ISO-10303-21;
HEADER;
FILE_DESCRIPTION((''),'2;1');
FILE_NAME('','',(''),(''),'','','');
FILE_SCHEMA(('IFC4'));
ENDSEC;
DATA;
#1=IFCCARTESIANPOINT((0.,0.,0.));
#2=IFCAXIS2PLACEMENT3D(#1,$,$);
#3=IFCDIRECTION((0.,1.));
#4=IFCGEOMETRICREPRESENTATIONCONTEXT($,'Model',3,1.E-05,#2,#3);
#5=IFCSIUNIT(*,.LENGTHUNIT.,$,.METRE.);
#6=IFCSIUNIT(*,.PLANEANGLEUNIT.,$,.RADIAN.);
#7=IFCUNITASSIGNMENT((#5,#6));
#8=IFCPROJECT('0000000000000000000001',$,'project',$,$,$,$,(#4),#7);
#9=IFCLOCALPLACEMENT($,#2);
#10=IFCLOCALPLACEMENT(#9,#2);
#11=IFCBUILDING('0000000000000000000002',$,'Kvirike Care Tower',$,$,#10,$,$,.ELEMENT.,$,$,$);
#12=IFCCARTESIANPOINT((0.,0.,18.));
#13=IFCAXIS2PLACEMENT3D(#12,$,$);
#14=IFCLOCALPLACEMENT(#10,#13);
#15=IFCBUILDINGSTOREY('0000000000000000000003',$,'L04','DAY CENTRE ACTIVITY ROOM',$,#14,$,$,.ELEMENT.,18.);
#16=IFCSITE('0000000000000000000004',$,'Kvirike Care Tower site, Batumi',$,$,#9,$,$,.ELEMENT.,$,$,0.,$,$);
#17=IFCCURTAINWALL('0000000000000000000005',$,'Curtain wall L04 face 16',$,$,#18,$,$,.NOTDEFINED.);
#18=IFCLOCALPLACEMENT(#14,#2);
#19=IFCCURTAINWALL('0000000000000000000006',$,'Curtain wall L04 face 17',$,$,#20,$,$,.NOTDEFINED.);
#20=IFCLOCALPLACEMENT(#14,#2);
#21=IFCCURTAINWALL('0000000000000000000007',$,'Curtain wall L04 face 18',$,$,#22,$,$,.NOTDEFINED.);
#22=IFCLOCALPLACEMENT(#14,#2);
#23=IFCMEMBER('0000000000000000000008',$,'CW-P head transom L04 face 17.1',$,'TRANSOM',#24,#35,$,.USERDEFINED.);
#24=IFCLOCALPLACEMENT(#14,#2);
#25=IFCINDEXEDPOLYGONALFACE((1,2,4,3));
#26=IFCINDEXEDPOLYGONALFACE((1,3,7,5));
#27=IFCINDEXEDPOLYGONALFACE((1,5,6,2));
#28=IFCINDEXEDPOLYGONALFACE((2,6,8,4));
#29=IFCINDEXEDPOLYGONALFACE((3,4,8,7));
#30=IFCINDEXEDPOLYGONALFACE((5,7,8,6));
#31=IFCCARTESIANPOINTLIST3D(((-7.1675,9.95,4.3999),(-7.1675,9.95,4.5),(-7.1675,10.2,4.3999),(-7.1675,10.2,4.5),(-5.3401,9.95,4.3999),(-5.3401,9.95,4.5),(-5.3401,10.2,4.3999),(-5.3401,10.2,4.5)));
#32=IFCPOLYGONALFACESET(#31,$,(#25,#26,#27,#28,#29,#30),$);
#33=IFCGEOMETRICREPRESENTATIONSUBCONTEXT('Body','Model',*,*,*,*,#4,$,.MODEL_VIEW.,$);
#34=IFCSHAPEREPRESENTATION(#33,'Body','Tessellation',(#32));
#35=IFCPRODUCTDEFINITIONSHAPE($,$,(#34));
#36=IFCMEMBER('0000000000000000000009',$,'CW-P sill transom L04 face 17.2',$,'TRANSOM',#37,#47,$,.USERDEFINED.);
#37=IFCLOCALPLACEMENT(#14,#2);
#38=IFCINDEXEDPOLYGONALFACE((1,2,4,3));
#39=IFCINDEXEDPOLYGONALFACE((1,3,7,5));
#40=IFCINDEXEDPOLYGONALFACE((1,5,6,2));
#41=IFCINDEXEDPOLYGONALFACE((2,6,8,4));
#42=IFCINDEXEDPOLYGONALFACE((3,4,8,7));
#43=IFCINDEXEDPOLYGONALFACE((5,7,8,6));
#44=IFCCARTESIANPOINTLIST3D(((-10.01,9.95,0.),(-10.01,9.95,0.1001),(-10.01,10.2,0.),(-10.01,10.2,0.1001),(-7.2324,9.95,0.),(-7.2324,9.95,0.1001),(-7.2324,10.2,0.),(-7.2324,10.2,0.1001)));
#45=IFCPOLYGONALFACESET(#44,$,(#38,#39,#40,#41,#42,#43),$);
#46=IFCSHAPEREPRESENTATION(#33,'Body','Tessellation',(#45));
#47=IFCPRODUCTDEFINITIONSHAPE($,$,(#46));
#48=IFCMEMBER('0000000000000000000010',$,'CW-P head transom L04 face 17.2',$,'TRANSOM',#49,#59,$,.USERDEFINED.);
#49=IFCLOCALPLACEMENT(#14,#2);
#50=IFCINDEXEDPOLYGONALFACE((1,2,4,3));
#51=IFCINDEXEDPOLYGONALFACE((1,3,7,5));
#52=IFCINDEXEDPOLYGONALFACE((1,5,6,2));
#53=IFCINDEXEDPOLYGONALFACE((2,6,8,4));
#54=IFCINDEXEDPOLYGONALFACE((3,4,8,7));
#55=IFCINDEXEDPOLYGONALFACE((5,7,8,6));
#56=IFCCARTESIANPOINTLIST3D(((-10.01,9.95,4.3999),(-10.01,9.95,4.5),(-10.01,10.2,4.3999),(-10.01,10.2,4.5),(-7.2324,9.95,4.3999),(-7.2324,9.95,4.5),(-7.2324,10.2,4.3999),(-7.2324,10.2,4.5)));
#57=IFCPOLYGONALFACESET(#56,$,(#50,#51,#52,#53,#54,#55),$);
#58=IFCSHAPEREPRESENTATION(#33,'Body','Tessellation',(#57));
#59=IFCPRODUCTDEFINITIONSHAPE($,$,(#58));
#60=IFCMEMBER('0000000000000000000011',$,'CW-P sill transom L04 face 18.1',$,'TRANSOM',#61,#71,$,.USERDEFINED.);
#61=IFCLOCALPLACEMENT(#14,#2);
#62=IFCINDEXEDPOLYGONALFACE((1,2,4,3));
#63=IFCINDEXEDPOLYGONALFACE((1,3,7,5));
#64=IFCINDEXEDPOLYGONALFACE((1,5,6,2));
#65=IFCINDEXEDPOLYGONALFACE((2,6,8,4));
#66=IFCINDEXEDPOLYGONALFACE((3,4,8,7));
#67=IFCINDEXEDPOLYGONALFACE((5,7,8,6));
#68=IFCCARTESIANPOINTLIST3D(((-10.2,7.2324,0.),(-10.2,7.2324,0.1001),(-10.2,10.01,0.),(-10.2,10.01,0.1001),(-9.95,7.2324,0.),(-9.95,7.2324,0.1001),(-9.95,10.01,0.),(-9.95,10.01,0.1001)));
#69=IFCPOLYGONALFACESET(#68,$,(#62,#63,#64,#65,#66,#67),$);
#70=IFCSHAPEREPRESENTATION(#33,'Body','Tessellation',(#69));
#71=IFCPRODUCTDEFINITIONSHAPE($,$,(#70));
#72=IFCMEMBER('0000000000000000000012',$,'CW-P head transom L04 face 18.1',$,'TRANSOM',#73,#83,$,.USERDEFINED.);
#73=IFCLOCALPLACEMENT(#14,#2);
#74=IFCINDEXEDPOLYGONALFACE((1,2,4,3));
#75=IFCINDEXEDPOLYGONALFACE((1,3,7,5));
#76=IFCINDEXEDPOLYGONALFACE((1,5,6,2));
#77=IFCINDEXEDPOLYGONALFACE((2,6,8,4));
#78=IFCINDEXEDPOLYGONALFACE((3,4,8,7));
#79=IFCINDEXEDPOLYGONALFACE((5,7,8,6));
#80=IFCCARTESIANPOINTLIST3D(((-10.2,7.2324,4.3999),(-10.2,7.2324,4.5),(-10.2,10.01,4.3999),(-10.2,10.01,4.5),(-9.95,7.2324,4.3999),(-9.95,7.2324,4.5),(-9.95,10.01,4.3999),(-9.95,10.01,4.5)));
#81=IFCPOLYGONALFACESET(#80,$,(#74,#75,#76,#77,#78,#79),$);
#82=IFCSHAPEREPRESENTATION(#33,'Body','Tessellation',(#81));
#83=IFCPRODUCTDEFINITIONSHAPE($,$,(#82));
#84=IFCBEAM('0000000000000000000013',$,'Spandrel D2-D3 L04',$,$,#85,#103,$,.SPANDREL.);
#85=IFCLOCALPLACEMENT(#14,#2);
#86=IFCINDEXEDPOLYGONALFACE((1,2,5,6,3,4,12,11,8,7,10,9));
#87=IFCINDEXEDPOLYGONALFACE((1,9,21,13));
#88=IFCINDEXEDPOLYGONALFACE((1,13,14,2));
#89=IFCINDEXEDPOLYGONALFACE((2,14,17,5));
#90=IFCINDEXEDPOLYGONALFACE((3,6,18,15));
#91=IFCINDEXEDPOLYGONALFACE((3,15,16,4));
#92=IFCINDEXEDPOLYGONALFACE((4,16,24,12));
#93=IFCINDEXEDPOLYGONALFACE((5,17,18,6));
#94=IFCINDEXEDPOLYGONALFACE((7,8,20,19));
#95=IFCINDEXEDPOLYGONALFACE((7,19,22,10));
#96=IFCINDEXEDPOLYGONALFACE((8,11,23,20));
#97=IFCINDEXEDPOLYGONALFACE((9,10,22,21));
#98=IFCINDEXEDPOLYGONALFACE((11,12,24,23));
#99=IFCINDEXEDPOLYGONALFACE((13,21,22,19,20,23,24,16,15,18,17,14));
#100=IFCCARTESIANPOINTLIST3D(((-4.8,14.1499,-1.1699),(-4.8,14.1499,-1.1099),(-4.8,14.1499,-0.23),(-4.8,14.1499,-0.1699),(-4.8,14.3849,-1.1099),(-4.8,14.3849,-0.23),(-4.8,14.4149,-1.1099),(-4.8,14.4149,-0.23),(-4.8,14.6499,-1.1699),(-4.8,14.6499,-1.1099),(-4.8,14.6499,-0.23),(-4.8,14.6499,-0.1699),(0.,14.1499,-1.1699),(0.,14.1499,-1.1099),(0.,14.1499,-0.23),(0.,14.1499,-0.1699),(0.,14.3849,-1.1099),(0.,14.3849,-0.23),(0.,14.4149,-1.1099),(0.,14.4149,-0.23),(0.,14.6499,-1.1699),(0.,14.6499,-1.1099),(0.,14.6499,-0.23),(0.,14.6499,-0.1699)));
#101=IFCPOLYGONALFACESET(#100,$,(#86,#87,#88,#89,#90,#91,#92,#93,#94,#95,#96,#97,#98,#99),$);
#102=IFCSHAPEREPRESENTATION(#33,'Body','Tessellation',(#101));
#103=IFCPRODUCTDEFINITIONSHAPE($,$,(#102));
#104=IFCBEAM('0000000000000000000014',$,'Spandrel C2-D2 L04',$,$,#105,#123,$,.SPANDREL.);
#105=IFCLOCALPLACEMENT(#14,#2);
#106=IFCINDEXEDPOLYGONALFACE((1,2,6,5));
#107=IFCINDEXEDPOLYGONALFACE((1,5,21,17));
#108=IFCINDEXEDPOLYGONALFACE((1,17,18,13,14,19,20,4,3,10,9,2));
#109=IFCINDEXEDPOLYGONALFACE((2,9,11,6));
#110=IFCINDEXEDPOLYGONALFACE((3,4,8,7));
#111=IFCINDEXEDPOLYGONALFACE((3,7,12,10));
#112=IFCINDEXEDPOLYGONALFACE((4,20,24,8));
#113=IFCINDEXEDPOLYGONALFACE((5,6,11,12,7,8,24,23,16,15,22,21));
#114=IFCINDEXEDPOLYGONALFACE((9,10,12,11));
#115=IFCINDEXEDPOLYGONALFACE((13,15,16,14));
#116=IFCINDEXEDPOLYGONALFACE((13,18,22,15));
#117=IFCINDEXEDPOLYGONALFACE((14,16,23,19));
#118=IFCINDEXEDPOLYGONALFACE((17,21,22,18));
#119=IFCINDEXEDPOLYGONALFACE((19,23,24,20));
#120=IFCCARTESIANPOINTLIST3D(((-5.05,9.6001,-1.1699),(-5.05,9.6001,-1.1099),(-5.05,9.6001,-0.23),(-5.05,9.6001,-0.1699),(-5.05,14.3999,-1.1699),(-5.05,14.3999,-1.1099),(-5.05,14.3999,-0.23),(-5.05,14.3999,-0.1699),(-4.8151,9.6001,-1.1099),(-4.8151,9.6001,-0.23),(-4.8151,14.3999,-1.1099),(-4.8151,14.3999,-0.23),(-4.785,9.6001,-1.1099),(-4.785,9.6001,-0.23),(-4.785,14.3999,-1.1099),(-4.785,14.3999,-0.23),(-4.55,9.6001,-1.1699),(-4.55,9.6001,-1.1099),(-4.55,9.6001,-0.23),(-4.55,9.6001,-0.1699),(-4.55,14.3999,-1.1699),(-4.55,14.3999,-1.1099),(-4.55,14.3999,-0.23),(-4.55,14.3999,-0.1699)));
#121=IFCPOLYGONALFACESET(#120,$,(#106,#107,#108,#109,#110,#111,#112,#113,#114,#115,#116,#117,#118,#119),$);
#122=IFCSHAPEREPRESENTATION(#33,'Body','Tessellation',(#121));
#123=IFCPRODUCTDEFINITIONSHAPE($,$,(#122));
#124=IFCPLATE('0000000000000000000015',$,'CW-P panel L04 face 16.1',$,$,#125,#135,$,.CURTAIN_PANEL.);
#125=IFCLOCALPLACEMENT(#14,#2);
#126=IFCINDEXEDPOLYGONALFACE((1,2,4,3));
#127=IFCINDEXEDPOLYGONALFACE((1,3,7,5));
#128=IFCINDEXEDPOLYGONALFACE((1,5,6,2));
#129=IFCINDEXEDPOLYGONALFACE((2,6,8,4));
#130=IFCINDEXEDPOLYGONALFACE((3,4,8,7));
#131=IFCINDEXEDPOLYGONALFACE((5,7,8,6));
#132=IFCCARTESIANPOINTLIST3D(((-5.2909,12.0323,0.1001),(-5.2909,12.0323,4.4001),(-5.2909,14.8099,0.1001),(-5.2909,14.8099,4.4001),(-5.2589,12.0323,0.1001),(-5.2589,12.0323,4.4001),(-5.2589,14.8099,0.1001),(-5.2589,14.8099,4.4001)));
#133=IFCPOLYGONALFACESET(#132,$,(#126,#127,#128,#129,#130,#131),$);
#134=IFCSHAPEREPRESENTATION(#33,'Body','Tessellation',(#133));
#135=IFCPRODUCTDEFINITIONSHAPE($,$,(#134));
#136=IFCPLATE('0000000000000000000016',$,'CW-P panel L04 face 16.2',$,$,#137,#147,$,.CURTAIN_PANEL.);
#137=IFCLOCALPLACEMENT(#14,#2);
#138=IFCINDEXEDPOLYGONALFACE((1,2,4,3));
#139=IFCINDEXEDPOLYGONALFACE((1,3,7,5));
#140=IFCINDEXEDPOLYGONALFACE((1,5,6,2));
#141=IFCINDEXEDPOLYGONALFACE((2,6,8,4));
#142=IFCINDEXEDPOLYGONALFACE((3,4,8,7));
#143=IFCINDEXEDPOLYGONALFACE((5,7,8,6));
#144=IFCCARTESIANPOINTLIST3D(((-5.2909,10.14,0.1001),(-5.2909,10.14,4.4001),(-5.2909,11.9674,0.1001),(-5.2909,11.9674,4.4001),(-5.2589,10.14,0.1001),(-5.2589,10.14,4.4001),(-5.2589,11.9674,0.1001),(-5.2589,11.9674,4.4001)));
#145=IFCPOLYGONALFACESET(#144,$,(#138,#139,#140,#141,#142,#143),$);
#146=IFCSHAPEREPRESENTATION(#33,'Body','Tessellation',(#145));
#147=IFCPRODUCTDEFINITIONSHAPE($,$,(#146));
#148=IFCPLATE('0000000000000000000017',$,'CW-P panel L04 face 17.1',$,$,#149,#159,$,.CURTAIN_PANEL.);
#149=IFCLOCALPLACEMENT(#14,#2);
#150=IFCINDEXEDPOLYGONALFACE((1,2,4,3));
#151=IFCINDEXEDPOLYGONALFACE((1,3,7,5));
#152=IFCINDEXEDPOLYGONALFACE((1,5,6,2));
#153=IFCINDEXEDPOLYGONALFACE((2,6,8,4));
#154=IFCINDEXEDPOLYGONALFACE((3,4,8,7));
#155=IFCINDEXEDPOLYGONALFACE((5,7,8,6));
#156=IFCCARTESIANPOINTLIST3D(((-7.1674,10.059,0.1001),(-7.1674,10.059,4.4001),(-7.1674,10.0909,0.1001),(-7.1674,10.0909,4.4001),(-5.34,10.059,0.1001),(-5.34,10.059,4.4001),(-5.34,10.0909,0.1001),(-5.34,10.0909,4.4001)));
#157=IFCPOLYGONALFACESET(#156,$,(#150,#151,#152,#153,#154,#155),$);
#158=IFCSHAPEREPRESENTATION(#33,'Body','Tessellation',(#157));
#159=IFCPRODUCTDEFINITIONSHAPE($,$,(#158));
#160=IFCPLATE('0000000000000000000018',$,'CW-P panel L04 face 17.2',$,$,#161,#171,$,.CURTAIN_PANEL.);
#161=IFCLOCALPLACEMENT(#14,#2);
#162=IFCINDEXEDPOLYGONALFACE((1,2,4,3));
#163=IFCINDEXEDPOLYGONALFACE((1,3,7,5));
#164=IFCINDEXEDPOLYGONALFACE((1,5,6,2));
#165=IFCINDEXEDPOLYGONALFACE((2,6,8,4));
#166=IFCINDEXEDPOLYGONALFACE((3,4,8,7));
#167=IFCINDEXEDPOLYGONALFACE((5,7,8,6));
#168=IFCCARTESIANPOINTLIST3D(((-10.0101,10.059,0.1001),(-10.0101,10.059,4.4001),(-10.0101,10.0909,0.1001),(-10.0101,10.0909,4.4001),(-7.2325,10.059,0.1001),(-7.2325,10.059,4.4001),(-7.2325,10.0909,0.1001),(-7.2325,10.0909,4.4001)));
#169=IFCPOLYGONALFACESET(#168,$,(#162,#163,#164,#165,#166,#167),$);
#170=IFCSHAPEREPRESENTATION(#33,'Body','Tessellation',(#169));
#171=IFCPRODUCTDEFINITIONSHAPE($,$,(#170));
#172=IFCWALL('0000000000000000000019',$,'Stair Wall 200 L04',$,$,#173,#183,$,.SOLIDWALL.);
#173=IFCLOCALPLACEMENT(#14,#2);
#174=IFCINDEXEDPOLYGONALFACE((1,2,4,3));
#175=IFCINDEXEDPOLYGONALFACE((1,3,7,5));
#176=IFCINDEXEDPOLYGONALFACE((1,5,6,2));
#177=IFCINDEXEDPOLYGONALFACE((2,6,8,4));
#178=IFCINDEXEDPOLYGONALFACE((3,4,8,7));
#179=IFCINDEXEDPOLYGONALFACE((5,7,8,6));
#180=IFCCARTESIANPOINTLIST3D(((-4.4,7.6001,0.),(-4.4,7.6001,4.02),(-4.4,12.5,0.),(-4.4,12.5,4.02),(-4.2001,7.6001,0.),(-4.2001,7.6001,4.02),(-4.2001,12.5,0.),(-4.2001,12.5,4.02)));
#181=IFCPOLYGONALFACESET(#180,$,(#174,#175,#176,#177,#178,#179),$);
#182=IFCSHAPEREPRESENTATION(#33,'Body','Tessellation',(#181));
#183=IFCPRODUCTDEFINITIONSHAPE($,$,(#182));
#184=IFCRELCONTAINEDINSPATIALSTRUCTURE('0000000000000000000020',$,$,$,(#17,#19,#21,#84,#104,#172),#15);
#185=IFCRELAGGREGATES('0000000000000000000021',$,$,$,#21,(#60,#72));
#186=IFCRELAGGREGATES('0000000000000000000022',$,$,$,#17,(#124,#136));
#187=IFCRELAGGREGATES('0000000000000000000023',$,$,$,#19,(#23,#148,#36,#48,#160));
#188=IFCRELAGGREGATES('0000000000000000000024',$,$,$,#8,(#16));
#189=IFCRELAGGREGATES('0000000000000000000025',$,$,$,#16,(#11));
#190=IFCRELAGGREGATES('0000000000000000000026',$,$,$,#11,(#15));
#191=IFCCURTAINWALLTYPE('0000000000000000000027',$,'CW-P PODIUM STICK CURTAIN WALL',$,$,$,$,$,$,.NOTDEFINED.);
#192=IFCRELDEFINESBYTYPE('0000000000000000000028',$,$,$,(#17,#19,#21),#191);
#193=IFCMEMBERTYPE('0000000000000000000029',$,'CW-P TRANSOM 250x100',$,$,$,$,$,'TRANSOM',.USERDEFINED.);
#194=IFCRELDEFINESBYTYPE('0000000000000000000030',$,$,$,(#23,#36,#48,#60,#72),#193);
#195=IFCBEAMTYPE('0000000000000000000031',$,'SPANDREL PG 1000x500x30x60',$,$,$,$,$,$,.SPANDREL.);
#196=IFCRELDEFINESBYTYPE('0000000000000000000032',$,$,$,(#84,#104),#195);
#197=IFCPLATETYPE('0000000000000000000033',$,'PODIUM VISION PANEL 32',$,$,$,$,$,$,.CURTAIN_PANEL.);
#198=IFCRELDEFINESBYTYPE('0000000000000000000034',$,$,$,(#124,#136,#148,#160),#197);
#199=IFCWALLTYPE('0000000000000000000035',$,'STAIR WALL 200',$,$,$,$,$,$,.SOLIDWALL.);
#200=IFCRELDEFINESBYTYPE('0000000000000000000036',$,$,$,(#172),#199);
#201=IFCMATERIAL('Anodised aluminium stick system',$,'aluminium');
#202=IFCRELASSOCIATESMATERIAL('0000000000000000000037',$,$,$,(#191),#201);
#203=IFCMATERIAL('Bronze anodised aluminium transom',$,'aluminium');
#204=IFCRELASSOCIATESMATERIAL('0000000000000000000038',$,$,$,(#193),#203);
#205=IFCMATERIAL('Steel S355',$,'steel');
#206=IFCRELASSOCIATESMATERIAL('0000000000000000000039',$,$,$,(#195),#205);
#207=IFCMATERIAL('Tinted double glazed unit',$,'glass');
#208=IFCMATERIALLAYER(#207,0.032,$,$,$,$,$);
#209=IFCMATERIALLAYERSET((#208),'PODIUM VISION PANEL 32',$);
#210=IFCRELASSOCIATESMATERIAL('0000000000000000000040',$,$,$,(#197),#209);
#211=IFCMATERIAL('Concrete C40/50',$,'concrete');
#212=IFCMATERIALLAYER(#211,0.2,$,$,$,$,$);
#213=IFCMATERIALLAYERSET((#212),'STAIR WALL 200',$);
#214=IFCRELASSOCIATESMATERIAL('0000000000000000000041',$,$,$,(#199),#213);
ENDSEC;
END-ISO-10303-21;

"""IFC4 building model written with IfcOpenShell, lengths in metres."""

from ifc_helpers import new_model, si_unit, direction, frame, frame_2d, origin, origin_2d, place, context, subcontext, project, spatial, rectangle, i_section, extrude, material, layer, layer_set, material_profile, profile_set, type_object, element, aggregate, save


model = new_model("IFC4")

# Units and contexts
model_context = context("Model", 3, precision=1e-05, world=origin(), true_north=direction((0.0, 1.0)))
body_context = subcontext(model_context, "Body", "Model", "MODEL_VIEW")
ifc_project = project(units=[si_unit("LENGTHUNIT", "METRE"), si_unit("PLANEANGLEUNIT", "RADIAN")], contexts=[model_context])

# Site, building, storey
site_placement = place(None, origin())
site = spatial("IfcSite", under=ifc_project, at=site_placement, Name="Kvirike Care Tower site, Batumi", CompositionType="ELEMENT", RefElevation=0.0)
building_placement = place(site_placement, origin())
building = spatial("IfcBuilding", under=site, at=building_placement, Name="Kvirike Care Tower", CompositionType="ELEMENT")
storey_placement = place(building_placement, frame((0.0, 0.0, 18.0)))
storey = spatial("IfcBuildingStorey", under=building, at=storey_placement, Name="L04", Description="DAY CENTRE ACTIVITY ROOM", CompositionType="ELEMENT", Elevation=18.0)

# Shared definitions
ifc_material_1 = material(Name="Anodised aluminium stick system", Category="aluminium")
curtain_wall_type = type_object("IfcCurtainWallType", Name="CW-P PODIUM STICK CURTAIN WALL", PredefinedType="NOTDEFINED", material=ifc_material_1)

# Curtain walls
curtain_wall_1_placement = place(storey_placement, origin())
curtain_wall_1 = element("IfcCurtainWall", 1, at=curtain_wall_1_placement, inside=storey, type_object=curtain_wall_type, Name="Curtain wall L04 face 16", PredefinedType="NOTDEFINED")
curtain_wall_2_placement = place(storey_placement, origin())
curtain_wall_2 = element("IfcCurtainWall", 2, at=curtain_wall_2_placement, inside=storey, type_object=curtain_wall_type, Name="Curtain wall L04 face 17", PredefinedType="NOTDEFINED")

# Curtain wall
curtain_wall_3_placement = place(storey_placement, origin())
curtain_wall_3 = element("IfcCurtainWall", 3, at=curtain_wall_3_placement, inside=storey, type_object=curtain_wall_type, Name="Curtain wall L04 face 18", PredefinedType="NOTDEFINED")

# Members
ifc_material_2 = material(Name="Bronze anodised aluminium transom", Category="aluminium")
ifc_material_profile_1 = material_profile(ifc_material_2, rectangle(XDim=0.25, YDim=0.1001, at=origin_2d()), Name="CW-P TRANSOM 250x100")
ifc_profile_set_1 = profile_set([ifc_material_profile_1], Name="Bronze anodised aluminium transom")
member_type_1 = type_object("IfcMemberType", Name="CW-P TRANSOM 250x100", ElementType="TRANSOM", PredefinedType="USERDEFINED", material=ifc_profile_set_1)
member_1_placement = place(storey_placement, frame((-5.3401, 10.075, 4.45), z_axis=(-1.0, 0.0, 0.0), x_axis=(0.0, -1.0, 0.0)))
member_1 = element("IfcMember", 4, at=member_1_placement, type_object=member_type_1, Name="CW-P head transom L04 face 17.1", ObjectType="TRANSOM", PredefinedType="USERDEFINED", context=body_context, shape_type="SweptSolid", body=[
    extrude(rectangle(XDim=0.25, YDim=0.1001, at=origin_2d()), origin(), (0.0, 0.0, 1.0), 1.8274),
])
member_2_placement = place(storey_placement, frame((-7.2324, 10.075, 0.05), z_axis=(-1.0, 0.0, 0.0), x_axis=(0.0, -1.0, 0.0)))
member_2 = element("IfcMember", 5, at=member_2_placement, type_object=member_type_1, Name="CW-P sill transom L04 face 17.2", ObjectType="TRANSOM", PredefinedType="USERDEFINED", context=body_context, shape_type="SweptSolid", body=[
    extrude(rectangle(XDim=0.25, YDim=0.1001, at=origin_2d()), origin(), (0.0, 0.0, 1.0), 2.7776),
])
member_3_placement = place(storey_placement, frame((-7.2324, 10.075, 4.45), z_axis=(-1.0, 0.0, 0.0), x_axis=(0.0, -1.0, 0.0)))
member_3 = element("IfcMember", 6, at=member_3_placement, type_object=member_type_1, Name="CW-P head transom L04 face 17.2", ObjectType="TRANSOM", PredefinedType="USERDEFINED", context=body_context, shape_type="SweptSolid", body=[
    extrude(rectangle(XDim=0.25, YDim=0.1001, at=origin_2d()), origin(), (0.0, 0.0, 1.0), 2.7776),
])
member_4_placement = place(storey_placement, frame((-10.075, 10.01, 0.05), z_axis=(0.0, -1.0, 0.0), x_axis=(1.0, 0.0, 0.0)))
member_4 = element("IfcMember", 7, at=member_4_placement, type_object=member_type_1, Name="CW-P sill transom L04 face 18.1", ObjectType="TRANSOM", PredefinedType="USERDEFINED", context=body_context, shape_type="SweptSolid", body=[
    extrude(rectangle(XDim=0.25, YDim=0.1001, at=origin_2d()), origin(), (0.0, 0.0, 1.0), 2.7776),
])
member_5_placement = place(storey_placement, frame((-10.075, 10.01, 4.45), z_axis=(0.0, -1.0, 0.0), x_axis=(1.0, 0.0, 0.0)))
member_5 = element("IfcMember", 8, at=member_5_placement, type_object=member_type_1, Name="CW-P head transom L04 face 18.1", ObjectType="TRANSOM", PredefinedType="USERDEFINED", context=body_context, shape_type="SweptSolid", body=[
    extrude(rectangle(XDim=0.25, YDim=0.1001, at=origin_2d()), origin(), (0.0, 0.0, 1.0), 2.7776),
])
aggregate(curtain_wall_3, [member_4, member_5])

# Beams
ifc_material_3 = material(Name="Steel S355", Category="steel")
ifc_material_profile_2 = material_profile(ifc_material_3, i_section(OverallWidth=0.5, OverallDepth=1.0, WebThickness=0.03, FlangeThickness=0.0601, at=origin_2d()), Name="PG 1000x500x30x60")
ifc_profile_set_2 = profile_set([ifc_material_profile_2], Name="Steel S355")
beam_type = type_object("IfcBeamType", Name="SPANDREL PG 1000x500x30x60", PredefinedType="SPANDREL", material=ifc_profile_set_2)
beam_1_placement = place(storey_placement, frame((-4.8, 14.3999, -0.6699), z_axis=(1.0, 0.0, 0.0), x_axis=(0.0, 1.0, 0.0)))
element("IfcBeam", 9, at=beam_1_placement, inside=storey, type_object=beam_type, Name="Spandrel D2-D3 L04", PredefinedType="SPANDREL", context=body_context, shape_type="SweptSolid", body=[
    extrude(i_section(OverallWidth=0.5, OverallDepth=1.0, WebThickness=0.03, FlangeThickness=0.0601, at=origin_2d()), origin(), (0.0, 0.0, 1.0), 4.8),
])
beam_2_placement = place(storey_placement, frame((-4.8, 9.6001, -0.6699), z_axis=(0.0, 1.0, 0.0), x_axis=(-1.0, 0.0, 0.0)))
element("IfcBeam", 10, at=beam_2_placement, inside=storey, type_object=beam_type, Name="Spandrel C2-D2 L04", PredefinedType="SPANDREL", context=body_context, shape_type="SweptSolid", body=[
    extrude(i_section(OverallWidth=0.5, OverallDepth=1.0, WebThickness=0.03, FlangeThickness=0.0601, at=origin_2d()), origin(), (0.0, 0.0, 1.0), 4.7998),
])

# Plates
ifc_material_4 = material(Name="Tinted double glazed unit", Category="glass")
ifc_layer_1 = layer(ifc_material_4, 0.032)
ifc_layer_set_1 = layer_set([ifc_layer_1], Name="PODIUM VISION PANEL 32")
plate_type = type_object("IfcPlateType", Name="PODIUM VISION PANEL 32", PredefinedType="CURTAIN_PANEL", material=ifc_layer_set_1)
plate_1_placement = place(storey_placement, frame((-5.2749, 13.4211, 0.1001), z_axis=(0.0, 0.0, 1.0), x_axis=(0.0, -1.0, 0.0)))
plate_1 = element("IfcPlate", 11, at=plate_1_placement, type_object=plate_type, Name="CW-P panel L04 face 16.1", PredefinedType="CURTAIN_PANEL", context=body_context, shape_type="SweptSolid", body=[
    extrude(rectangle(XDim=2.7776, YDim=0.032, at=origin_2d()), origin(), (0.0, 0.0, 1.0), 4.3),
])
plate_2_placement = place(storey_placement, frame((-5.2749, 11.0537, 0.1001), z_axis=(0.0, 0.0, 1.0), x_axis=(0.0, -1.0, 0.0)))
plate_2 = element("IfcPlate", 12, at=plate_2_placement, type_object=plate_type, Name="CW-P panel L04 face 16.2", PredefinedType="CURTAIN_PANEL", context=body_context, shape_type="SweptSolid", body=[
    extrude(rectangle(XDim=1.8274, YDim=0.032, at=origin_2d()), origin(), (0.0, 0.0, 1.0), 4.3),
])
aggregate(curtain_wall_1, [plate_1, plate_2])
plate_3_placement = place(storey_placement, frame((-6.2537, 10.075, 0.1001), z_axis=(0.0, 0.0, 1.0), x_axis=(-1.0, 0.0, 0.0)))
plate_3 = element("IfcPlate", 13, at=plate_3_placement, type_object=plate_type, Name="CW-P panel L04 face 17.1", PredefinedType="CURTAIN_PANEL", context=body_context, shape_type="SweptSolid", body=[
    extrude(rectangle(XDim=1.8274, YDim=0.032, at=origin_2d()), origin(), (0.0, 0.0, 1.0), 4.3),
])
plate_4_placement = place(storey_placement, frame((-8.6213, 10.075, 0.1001), z_axis=(0.0, 0.0, 1.0), x_axis=(-1.0, 0.0, 0.0)))
plate_4 = element("IfcPlate", 14, at=plate_4_placement, type_object=plate_type, Name="CW-P panel L04 face 17.2", PredefinedType="CURTAIN_PANEL", context=body_context, shape_type="SweptSolid", body=[
    extrude(rectangle(XDim=2.7776, YDim=0.032, at=origin_2d()), origin(), (0.0, 0.0, 1.0), 4.3),
])
aggregate(curtain_wall_2, [member_1, plate_3, member_2, member_3, plate_4])

# Wall
ifc_material_5 = material(Name="Concrete C40/50", Category="concrete")
ifc_layer_2 = layer(ifc_material_5, 0.2)
ifc_layer_set_2 = layer_set([ifc_layer_2], Name="STAIR WALL 200")
wall_type = type_object("IfcWallType", Name="STAIR WALL 200", PredefinedType="SOLIDWALL", material=ifc_layer_set_2)
wall_placement = place(storey_placement, frame((-4.3, 12.5, 0.0), z_axis=(0.0, 0.0, 1.0), x_axis=(0.0, -1.0, 0.0)))
element("IfcWall", 15, at=wall_placement, inside=storey, type_object=wall_type, Name="Stair Wall 200 L04", PredefinedType="SOLIDWALL", context=body_context, shape_type="SweptSolid", body=[
    extrude(rectangle(XDim=4.8999, YDim=0.2, at=frame_2d((2.45, 0.0))), origin(), (0.0, 0.0, 1.0), 4.02),
])

save(model, "model.ifc")
